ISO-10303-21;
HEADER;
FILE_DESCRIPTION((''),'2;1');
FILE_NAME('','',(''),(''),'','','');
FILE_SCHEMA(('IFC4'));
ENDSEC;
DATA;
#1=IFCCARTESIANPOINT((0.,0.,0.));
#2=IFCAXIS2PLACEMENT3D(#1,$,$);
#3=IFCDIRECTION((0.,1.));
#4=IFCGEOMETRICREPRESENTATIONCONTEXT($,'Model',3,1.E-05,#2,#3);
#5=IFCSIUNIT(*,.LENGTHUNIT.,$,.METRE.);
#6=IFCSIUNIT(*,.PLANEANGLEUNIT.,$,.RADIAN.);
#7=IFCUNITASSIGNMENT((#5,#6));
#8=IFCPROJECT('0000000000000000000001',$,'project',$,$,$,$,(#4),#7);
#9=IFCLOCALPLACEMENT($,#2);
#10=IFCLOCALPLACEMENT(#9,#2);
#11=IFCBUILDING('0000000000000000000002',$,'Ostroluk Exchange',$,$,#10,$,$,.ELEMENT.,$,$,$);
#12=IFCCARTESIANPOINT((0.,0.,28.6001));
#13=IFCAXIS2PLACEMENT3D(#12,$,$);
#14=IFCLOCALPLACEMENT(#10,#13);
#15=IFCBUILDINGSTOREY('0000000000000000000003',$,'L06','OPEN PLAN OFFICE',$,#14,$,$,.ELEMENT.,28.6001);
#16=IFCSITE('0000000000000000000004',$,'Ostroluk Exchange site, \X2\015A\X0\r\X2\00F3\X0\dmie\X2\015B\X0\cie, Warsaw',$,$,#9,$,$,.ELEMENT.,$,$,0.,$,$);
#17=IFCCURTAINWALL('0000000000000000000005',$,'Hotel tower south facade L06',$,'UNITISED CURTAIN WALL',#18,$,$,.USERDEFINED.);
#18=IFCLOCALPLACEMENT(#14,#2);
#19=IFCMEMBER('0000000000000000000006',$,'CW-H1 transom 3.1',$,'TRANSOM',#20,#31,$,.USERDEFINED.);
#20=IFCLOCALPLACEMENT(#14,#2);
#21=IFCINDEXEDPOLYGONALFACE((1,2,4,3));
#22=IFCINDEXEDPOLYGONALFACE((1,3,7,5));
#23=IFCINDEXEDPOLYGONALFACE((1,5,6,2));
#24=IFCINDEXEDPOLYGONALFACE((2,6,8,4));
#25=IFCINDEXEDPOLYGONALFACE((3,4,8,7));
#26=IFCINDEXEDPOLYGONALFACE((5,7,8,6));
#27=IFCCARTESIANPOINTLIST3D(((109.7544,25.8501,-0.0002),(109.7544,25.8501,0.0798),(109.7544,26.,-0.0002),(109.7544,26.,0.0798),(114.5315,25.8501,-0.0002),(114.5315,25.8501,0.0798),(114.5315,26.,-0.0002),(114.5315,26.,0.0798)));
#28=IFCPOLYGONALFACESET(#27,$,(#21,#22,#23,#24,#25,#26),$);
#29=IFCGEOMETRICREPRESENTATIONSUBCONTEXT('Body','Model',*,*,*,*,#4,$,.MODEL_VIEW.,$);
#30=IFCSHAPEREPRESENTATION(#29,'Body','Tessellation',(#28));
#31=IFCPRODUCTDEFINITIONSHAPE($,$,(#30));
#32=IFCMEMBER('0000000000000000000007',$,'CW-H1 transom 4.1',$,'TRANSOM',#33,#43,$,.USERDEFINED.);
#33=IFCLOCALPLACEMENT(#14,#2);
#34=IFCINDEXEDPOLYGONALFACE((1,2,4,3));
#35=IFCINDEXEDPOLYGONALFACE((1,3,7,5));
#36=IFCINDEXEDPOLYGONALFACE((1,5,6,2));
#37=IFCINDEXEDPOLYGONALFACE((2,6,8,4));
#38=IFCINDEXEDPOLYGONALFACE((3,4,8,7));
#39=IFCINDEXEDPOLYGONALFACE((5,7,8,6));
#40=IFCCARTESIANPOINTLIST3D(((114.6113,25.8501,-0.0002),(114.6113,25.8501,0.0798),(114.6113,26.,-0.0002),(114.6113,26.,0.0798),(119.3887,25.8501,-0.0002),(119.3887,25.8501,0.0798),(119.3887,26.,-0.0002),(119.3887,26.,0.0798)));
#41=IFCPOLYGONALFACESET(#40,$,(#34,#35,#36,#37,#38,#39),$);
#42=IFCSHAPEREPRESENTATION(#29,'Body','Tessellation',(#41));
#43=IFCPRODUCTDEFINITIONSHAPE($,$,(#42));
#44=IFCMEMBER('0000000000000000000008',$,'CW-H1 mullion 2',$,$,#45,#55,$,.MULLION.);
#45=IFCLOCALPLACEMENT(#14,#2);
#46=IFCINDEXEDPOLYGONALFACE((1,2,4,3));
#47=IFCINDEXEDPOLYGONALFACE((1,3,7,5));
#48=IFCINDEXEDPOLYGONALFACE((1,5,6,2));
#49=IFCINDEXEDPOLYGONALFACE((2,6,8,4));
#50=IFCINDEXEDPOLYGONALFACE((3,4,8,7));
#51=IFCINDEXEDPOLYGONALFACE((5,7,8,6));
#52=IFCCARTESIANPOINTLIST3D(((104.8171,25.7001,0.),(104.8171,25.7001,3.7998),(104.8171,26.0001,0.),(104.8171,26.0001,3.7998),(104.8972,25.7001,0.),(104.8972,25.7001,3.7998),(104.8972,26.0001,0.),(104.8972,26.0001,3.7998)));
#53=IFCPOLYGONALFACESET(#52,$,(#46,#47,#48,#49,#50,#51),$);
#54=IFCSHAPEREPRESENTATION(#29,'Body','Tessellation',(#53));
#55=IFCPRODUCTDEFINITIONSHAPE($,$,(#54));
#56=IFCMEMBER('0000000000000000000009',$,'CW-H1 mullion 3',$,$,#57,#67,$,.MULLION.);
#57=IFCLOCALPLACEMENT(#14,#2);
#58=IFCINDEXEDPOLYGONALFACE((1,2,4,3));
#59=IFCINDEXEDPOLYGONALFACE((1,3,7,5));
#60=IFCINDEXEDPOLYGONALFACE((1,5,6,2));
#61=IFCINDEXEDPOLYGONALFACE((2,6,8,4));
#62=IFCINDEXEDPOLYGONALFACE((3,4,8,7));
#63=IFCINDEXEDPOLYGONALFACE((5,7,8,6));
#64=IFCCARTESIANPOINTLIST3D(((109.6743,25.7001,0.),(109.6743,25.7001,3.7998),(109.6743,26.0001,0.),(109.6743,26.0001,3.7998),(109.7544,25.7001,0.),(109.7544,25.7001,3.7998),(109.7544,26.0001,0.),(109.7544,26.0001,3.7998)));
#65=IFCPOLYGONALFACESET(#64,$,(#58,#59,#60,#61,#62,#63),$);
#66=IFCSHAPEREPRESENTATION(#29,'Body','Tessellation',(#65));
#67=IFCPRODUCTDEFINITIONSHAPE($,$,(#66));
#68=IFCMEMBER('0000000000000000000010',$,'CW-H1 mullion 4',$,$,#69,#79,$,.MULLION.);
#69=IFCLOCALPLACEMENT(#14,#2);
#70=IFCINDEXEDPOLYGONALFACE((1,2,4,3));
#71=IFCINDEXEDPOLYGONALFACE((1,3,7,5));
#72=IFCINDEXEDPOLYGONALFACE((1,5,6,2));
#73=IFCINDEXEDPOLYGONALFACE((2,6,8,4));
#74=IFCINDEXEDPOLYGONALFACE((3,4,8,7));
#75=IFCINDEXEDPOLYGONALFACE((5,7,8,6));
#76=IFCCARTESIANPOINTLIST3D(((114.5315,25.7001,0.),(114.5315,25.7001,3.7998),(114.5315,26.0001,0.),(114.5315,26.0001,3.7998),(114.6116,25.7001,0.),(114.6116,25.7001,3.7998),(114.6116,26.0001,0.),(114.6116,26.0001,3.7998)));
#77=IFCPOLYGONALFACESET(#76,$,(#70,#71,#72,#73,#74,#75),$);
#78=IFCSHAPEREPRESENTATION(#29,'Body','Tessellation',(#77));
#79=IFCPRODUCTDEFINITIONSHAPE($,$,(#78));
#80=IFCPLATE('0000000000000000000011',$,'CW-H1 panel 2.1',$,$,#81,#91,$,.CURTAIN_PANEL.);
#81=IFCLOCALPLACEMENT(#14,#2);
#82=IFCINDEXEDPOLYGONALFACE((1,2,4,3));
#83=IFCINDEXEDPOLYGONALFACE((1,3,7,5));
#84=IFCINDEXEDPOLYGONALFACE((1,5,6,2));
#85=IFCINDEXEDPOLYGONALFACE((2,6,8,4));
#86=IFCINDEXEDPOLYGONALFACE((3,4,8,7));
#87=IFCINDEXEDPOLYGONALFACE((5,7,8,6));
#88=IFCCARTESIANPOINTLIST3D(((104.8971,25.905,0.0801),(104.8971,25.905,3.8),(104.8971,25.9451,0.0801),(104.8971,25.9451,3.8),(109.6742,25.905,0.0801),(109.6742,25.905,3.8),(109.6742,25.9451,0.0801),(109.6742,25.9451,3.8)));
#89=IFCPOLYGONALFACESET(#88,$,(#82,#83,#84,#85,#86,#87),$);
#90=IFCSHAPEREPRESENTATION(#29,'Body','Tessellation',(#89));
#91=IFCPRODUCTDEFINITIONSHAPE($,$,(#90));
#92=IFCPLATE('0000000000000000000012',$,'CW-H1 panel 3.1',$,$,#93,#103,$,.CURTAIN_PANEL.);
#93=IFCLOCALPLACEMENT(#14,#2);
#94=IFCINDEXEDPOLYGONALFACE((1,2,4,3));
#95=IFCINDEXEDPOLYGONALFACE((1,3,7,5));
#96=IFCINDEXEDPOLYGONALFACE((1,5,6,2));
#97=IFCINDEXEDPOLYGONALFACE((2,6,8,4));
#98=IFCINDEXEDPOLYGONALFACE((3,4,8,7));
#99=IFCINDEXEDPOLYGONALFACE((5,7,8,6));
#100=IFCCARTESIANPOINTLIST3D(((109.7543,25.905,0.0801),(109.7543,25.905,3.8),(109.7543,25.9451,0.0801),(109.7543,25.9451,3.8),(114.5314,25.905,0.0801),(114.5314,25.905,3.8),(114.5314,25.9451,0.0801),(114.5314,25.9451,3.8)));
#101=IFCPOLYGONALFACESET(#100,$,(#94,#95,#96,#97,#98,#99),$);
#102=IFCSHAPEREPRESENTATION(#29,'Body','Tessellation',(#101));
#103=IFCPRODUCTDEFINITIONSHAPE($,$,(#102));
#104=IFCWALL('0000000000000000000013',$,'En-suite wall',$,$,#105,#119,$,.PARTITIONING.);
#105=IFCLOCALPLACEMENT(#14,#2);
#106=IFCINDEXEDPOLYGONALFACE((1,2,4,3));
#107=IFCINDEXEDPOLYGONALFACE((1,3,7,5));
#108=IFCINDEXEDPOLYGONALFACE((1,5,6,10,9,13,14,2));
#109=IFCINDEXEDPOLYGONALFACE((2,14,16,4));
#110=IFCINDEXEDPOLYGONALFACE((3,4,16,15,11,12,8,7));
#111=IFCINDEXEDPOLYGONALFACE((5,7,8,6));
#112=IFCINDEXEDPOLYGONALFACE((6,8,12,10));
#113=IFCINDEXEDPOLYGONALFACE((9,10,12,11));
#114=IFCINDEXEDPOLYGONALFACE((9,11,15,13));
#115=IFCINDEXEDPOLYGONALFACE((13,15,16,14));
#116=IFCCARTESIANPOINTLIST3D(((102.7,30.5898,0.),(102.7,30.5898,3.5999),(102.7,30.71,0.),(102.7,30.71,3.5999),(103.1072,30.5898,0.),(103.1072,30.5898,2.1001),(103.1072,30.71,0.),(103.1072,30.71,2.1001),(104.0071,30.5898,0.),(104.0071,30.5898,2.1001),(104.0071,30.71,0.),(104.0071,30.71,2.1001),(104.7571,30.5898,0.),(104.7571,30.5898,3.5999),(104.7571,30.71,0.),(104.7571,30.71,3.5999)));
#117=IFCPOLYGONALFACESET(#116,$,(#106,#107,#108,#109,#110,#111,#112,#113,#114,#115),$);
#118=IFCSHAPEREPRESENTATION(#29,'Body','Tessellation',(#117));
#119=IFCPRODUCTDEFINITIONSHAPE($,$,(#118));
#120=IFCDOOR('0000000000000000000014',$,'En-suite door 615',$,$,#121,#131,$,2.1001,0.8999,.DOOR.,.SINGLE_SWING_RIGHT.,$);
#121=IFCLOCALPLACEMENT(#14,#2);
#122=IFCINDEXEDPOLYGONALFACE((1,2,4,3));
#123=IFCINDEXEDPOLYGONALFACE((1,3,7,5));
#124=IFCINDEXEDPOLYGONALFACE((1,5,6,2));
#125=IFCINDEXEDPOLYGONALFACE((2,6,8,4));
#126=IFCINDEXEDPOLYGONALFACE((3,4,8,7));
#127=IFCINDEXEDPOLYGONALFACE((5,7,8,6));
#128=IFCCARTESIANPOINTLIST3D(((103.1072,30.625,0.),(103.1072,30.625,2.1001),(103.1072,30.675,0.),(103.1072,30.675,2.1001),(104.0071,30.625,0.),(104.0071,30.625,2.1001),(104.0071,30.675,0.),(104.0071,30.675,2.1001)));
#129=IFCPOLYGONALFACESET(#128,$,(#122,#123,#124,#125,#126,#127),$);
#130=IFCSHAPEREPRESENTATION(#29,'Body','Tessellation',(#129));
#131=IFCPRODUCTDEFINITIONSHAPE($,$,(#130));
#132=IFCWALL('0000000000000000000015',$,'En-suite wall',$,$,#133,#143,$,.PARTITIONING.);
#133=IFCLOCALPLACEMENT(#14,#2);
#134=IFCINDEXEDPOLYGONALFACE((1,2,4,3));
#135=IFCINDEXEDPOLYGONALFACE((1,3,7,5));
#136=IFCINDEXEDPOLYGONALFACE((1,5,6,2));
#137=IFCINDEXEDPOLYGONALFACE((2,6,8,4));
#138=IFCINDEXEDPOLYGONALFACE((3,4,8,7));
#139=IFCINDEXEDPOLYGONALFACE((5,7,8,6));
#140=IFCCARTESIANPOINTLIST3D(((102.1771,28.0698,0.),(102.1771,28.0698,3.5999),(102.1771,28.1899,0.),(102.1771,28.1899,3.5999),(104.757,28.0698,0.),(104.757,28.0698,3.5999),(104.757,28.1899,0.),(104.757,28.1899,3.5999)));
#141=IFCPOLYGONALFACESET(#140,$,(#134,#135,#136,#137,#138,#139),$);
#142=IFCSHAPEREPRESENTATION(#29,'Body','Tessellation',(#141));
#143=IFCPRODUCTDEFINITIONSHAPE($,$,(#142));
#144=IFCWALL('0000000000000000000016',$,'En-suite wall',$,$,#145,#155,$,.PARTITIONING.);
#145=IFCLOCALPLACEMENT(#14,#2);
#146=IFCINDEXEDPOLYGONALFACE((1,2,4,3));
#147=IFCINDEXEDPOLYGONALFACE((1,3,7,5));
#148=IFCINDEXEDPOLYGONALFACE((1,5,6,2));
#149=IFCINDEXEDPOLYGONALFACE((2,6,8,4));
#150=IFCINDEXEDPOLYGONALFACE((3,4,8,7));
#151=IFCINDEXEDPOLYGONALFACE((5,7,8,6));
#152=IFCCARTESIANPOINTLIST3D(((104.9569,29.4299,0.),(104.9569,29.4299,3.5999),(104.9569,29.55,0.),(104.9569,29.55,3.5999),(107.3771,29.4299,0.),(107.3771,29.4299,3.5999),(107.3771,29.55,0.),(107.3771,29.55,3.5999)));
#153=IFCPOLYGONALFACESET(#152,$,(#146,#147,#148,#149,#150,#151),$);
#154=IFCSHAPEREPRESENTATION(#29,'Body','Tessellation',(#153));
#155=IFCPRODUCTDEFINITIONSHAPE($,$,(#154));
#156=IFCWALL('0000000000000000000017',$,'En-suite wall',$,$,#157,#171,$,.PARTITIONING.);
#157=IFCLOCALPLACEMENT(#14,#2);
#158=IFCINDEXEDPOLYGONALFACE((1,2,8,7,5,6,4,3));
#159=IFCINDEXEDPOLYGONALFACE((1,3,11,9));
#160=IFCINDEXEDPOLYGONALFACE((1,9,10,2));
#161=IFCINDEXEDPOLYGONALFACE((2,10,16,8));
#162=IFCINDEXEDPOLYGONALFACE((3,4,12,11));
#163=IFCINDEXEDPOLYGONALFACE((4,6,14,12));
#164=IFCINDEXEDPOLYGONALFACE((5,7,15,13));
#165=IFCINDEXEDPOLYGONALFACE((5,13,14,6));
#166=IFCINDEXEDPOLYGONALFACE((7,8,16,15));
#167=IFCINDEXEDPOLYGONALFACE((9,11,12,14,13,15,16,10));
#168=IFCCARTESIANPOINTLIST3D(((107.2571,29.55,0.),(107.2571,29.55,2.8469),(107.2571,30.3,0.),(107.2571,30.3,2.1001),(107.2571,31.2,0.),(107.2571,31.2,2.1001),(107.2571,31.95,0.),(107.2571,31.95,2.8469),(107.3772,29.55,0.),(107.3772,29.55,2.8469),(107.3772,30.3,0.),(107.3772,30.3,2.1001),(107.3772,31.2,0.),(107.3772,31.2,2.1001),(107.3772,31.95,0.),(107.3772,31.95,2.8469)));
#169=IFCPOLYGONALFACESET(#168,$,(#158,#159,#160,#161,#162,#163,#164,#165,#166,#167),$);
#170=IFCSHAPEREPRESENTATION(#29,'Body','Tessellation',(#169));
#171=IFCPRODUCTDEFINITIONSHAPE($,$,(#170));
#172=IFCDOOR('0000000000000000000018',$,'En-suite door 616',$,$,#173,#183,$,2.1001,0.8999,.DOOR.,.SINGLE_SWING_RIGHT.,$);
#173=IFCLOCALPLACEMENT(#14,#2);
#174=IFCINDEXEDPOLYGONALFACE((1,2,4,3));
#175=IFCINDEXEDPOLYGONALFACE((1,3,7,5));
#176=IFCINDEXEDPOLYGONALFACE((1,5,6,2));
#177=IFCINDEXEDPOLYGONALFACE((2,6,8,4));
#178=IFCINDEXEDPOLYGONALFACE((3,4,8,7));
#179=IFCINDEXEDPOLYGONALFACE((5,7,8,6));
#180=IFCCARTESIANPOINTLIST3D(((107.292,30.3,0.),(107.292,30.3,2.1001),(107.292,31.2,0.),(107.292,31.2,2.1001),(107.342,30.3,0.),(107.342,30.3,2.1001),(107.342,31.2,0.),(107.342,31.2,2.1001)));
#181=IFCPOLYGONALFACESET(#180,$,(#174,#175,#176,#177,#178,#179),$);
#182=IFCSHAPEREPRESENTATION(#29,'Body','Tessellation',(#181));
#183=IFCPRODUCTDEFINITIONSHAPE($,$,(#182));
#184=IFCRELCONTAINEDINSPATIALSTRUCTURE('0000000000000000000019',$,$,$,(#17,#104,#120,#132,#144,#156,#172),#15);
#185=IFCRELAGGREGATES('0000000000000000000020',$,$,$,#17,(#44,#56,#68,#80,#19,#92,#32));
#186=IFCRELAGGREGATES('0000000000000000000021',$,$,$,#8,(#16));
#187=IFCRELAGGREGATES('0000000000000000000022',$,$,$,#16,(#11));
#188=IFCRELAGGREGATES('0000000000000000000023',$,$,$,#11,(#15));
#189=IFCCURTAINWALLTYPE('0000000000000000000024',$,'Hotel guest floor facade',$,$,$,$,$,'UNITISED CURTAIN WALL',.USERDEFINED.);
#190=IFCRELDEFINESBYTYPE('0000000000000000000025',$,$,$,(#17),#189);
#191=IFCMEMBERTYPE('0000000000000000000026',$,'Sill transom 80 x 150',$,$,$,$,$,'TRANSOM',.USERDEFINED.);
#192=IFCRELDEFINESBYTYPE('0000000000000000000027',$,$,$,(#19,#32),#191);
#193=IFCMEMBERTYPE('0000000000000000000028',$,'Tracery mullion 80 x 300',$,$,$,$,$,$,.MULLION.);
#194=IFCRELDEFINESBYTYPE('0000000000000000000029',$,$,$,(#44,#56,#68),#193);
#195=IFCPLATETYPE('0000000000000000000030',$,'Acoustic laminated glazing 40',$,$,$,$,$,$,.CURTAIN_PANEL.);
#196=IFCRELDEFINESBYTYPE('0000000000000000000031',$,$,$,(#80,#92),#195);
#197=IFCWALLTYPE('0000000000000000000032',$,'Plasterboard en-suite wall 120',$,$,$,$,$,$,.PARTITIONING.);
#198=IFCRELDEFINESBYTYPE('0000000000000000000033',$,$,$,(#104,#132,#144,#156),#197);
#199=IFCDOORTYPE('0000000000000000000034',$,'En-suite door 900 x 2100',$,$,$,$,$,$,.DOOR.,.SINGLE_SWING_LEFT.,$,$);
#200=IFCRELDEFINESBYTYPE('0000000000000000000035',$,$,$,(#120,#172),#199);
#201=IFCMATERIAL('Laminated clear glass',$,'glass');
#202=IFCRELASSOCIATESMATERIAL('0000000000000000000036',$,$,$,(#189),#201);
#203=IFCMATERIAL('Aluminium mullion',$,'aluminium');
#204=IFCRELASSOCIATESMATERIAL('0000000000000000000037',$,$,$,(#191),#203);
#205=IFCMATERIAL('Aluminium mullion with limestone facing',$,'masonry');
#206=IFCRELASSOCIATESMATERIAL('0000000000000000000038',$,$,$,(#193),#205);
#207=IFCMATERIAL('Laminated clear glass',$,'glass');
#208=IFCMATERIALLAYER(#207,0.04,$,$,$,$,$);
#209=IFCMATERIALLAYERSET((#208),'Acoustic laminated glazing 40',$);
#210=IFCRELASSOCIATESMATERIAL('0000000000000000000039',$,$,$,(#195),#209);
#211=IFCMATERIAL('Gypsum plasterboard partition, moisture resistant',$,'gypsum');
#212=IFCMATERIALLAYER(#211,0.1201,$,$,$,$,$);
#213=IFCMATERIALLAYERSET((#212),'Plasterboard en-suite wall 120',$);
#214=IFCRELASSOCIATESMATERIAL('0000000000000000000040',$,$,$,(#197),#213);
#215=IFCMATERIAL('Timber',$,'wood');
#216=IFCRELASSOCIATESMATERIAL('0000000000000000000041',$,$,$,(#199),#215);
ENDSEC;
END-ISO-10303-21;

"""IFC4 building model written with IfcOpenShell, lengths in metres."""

from ifc_helpers import new_model, si_unit, direction, frame, frame_2d, origin, origin_2d, place, context, subcontext, project, spatial, rectangle, extrude, material, layer, layer_set, material_profile, profile_set, type_object, element, fill, aggregate, save


model = new_model("IFC4")

# Units and contexts
model_context = context("Model", 3, precision=1e-05, world=origin(), true_north=direction((0.0, 1.0)))
body_context = subcontext(model_context, "Body", "Model", "MODEL_VIEW")
ifc_project = project(units=[si_unit("LENGTHUNIT", "METRE"), si_unit("PLANEANGLEUNIT", "RADIAN")], contexts=[model_context])

# Site, building, storey
site_placement = place(None, origin())
site = spatial("IfcSite", under=ifc_project, at=site_placement, Name="Ostroluk Exchange site, Śródmieście, Warsaw", CompositionType="ELEMENT", RefElevation=0.0)
building_placement = place(site_placement, origin())
building = spatial("IfcBuilding", under=site, at=building_placement, Name="Ostroluk Exchange", CompositionType="ELEMENT")
storey_placement = place(building_placement, frame((0.0, 0.0, 28.6001)))
storey = spatial("IfcBuildingStorey", under=building, at=storey_placement, Name="L06", Description="OPEN PLAN OFFICE", CompositionType="ELEMENT", Elevation=28.6001)

# Curtain wall, members, plates
ifc_material_1 = material(Name="Laminated clear glass", Category="glass")
curtain_wall_type = type_object("IfcCurtainWallType", Name="Hotel guest floor facade", ElementType="UNITISED CURTAIN WALL", PredefinedType="USERDEFINED", material=ifc_material_1)
curtain_wall_placement = place(storey_placement, origin())
curtain_wall = element("IfcCurtainWall", 1, at=curtain_wall_placement, inside=storey, type_object=curtain_wall_type, Name="Hotel tower south facade L06", ObjectType="UNITISED CURTAIN WALL", PredefinedType="USERDEFINED")
ifc_material_2 = material(Name="Aluminium mullion", Category="aluminium")
ifc_material_profile_1 = material_profile(ifc_material_2, rectangle(XDim=0.1499, YDim=0.0801, at=origin_2d()), Name="Sill transom 80 x 150")
ifc_profile_set_1 = profile_set([ifc_material_profile_1], Name="Aluminium mullion")
member_type_1 = type_object("IfcMemberType", Name="Sill transom 80 x 150", ElementType="TRANSOM", PredefinedType="USERDEFINED", material=ifc_profile_set_1)
member_1_placement = place(storey_placement, frame((109.7544, 25.925, 0.0398), z_axis=(1.0, 0.0, 0.0), x_axis=(0.0, 1.0, 0.0)))
member_1 = element("IfcMember", 2, at=member_1_placement, type_object=member_type_1, Name="CW-H1 transom 3.1", ObjectType="TRANSOM", PredefinedType="USERDEFINED", context=body_context, shape_type="SweptSolid", body=[
    extrude(rectangle(XDim=0.1499, YDim=0.0801, at=origin_2d()), origin(), (0.0, 0.0, 1.0), 4.7771),
])
member_2_placement = place(storey_placement, frame((114.6113, 25.925, 0.0398), z_axis=(1.0, 0.0, 0.0), x_axis=(0.0, 1.0, 0.0)))
member_2 = element("IfcMember", 3, at=member_2_placement, type_object=member_type_1, Name="CW-H1 transom 4.1", ObjectType="TRANSOM", PredefinedType="USERDEFINED", context=body_context, shape_type="SweptSolid", body=[
    extrude(rectangle(XDim=0.1499, YDim=0.0801, at=origin_2d()), origin(), (0.0, 0.0, 1.0), 4.7773),
])
ifc_material_3 = material(Name="Aluminium mullion with limestone facing", Category="masonry")
ifc_material_profile_2 = material_profile(ifc_material_3, rectangle(XDim=0.3, YDim=0.0801, at=origin_2d()), Name="Tracery mullion 80 x 300")
ifc_profile_set_2 = profile_set([ifc_material_profile_2], Name="Aluminium mullion with limestone facing")
member_type_2 = type_object("IfcMemberType", Name="Tracery mullion 80 x 300", PredefinedType="MULLION", material=ifc_profile_set_2)
member_3_placement = place(storey_placement, frame((104.8572, 25.8501, 0.0), z_axis=(0.0, 0.0, 1.0), x_axis=(0.0, 1.0, 0.0)))
member_3 = element("IfcMember", 4, at=member_3_placement, type_object=member_type_2, Name="CW-H1 mullion 2", PredefinedType="MULLION", context=body_context, shape_type="SweptSolid", body=[
    extrude(rectangle(XDim=0.3, YDim=0.0801, at=origin_2d()), origin(), (0.0, 0.0, 1.0), 3.7998),
])
member_4_placement = place(storey_placement, frame((109.7144, 25.8501, 0.0), z_axis=(0.0, 0.0, 1.0), x_axis=(0.0, 1.0, 0.0)))
member_4 = element("IfcMember", 5, at=member_4_placement, type_object=member_type_2, Name="CW-H1 mullion 3", PredefinedType="MULLION", context=body_context, shape_type="SweptSolid", body=[
    extrude(rectangle(XDim=0.3, YDim=0.0801, at=origin_2d()), origin(), (0.0, 0.0, 1.0), 3.7998),
])
member_5_placement = place(storey_placement, frame((114.5715, 25.8501, 0.0), z_axis=(0.0, 0.0, 1.0), x_axis=(0.0, 1.0, 0.0)))
member_5 = element("IfcMember", 6, at=member_5_placement, type_object=member_type_2, Name="CW-H1 mullion 4", PredefinedType="MULLION", context=body_context, shape_type="SweptSolid", body=[
    extrude(rectangle(XDim=0.3, YDim=0.0801, at=origin_2d()), origin(), (0.0, 0.0, 1.0), 3.7998),
])
ifc_material_4 = material(Name="Laminated clear glass", Category="glass")
ifc_layer_1 = layer(ifc_material_4, 0.04)
ifc_layer_set_1 = layer_set([ifc_layer_1], Name="Acoustic laminated glazing 40")
plate_type = type_object("IfcPlateType", Name="Acoustic laminated glazing 40", PredefinedType="CURTAIN_PANEL", material=ifc_layer_set_1)
plate_1_placement = place(storey_placement, frame((107.2856, 25.925, 0.0801), z_axis=(0.0, 0.0, 1.0), x_axis=(1.0, 0.0, 0.0)))
plate_1 = element("IfcPlate", 7, at=plate_1_placement, type_object=plate_type, Name="CW-H1 panel 2.1", PredefinedType="CURTAIN_PANEL", context=body_context, shape_type="SweptSolid", body=[
    extrude(rectangle(XDim=4.7771, YDim=0.04, at=origin_2d()), origin(), (0.0, 0.0, 1.0), 3.72),
])
plate_2_placement = place(storey_placement, frame((112.1428, 25.925, 0.0801), z_axis=(0.0, 0.0, 1.0), x_axis=(1.0, 0.0, 0.0)))
plate_2 = element("IfcPlate", 8, at=plate_2_placement, type_object=plate_type, Name="CW-H1 panel 3.1", PredefinedType="CURTAIN_PANEL", context=body_context, shape_type="SweptSolid", body=[
    extrude(rectangle(XDim=4.7771, YDim=0.04, at=origin_2d()), origin(), (0.0, 0.0, 1.0), 3.72),
])
aggregate(curtain_wall, [member_3, member_4, member_5, plate_1, member_1, plate_2, member_2])

# Wall, opening, door
ifc_material_5 = material(Name="Gypsum plasterboard partition, moisture resistant", Category="gypsum")
ifc_layer_2 = layer(ifc_material_5, 0.1201)
ifc_layer_set_2 = layer_set([ifc_layer_2], Name="Plasterboard en-suite wall 120")
wall_type_1 = type_object("IfcWallType", Name="Plasterboard en-suite wall 120", PredefinedType="PARTITIONING", material=ifc_layer_set_2)
wall_1_placement = place(storey_placement, frame((104.7571, 30.6499, 0.0), z_axis=(0.0, 0.0, 1.0), x_axis=(-1.0, 0.0, 0.0)))
wall_1 = element("IfcWall", 9, at=wall_1_placement, inside=storey, type_object=wall_type_1, Name="En-suite wall", PredefinedType="PARTITIONING", context=body_context, shape_type="SweptSolid", body=[
    extrude(rectangle(XDim=2.0571, YDim=0.1201, at=frame_2d((1.0286, 0.0))), origin(), (0.0, 0.0, 1.0), 3.5999),
])
opening_1_placement = place(wall_1_placement, frame((0.75, 0.0, 0.0)))
opening_1 = element("IfcOpeningElement", 10, at=opening_1_placement, cuts=wall_1, PredefinedType="OPENING", context=body_context, shape_type="SweptSolid", body=[
    extrude(rectangle(XDim=0.8999, YDim=2.1001, at=frame_2d((0.45, 1.05))), frame((0.0, 0.0701, 0.0), z_axis=(0.0, -1.0, 0.0), x_axis=(1.0, 0.0, 0.0)), (0.0, 0.0, 1.0), 0.1401),
])
ifc_material_6 = material(Name="Timber", Category="wood")
door_type_1 = type_object("IfcDoorType", Name="En-suite door 900 x 2100", OperationType="SINGLE_SWING_LEFT", PredefinedType="DOOR", material=ifc_material_6)
door_1_placement = place(opening_1_placement, origin())
door_1 = element("IfcDoor", 11, at=door_1_placement, inside=storey, type_object=door_type_1, Name="En-suite door 615", OperationType="SINGLE_SWING_RIGHT", OverallHeight=2.1001, OverallWidth=0.8999, PredefinedType="DOOR", context=body_context, shape_type="SweptSolid", body=[
    extrude(rectangle(XDim=0.8999, YDim=2.1001, at=frame_2d((0.45, 1.05))), frame((0.0, 0.0249, 0.0), z_axis=(0.0, -1.0, 0.0), x_axis=(1.0, 0.0, 0.0)), (0.0, 0.0, 1.0), 0.05),
])
fill(opening_1, door_1)

# Walls
wall_2_placement = place(storey_placement, frame((104.7571, 28.1299, 0.0), z_axis=(0.0, 0.0, 1.0), x_axis=(-1.0, 0.0, 0.0)))
element("IfcWall", 12, at=wall_2_placement, inside=storey, type_object=wall_type_1, Name="En-suite wall", PredefinedType="PARTITIONING", context=body_context, shape_type="SweptSolid", body=[
    extrude(rectangle(XDim=2.5798, YDim=0.1201, at=frame_2d((1.29, 0.0))), origin(), (0.0, 0.0, 1.0), 3.5999),
])
wall_3_placement = place(storey_placement, frame((104.957, 29.49, 0.0), z_axis=(0.0, 0.0, 1.0), x_axis=(1.0, 0.0, 0.0)))
element("IfcWall", 13, at=wall_3_placement, inside=storey, type_object=wall_type_1, Name="En-suite wall", PredefinedType="PARTITIONING", context=body_context, shape_type="SweptSolid", body=[
    extrude(rectangle(XDim=2.4202, YDim=0.1201, at=frame_2d((1.21, 0.0))), origin(), (0.0, 0.0, 1.0), 3.5999),
])

# Wall, opening, door
wall_4_placement = place(storey_placement, frame((107.3171, 31.95, 0.0), z_axis=(0.0, 0.0, 1.0), x_axis=(0.0, -1.0, 0.0)))
wall_4 = element("IfcWall", 14, at=wall_4_placement, inside=storey, type_object=wall_type_1, Name="En-suite wall", PredefinedType="PARTITIONING", context=body_context, shape_type="SweptSolid", body=[
    extrude(rectangle(XDim=2.3999, YDim=0.1201, at=frame_2d((1.2, 0.0))), origin(), (0.0, 0.0, 1.0), 2.8469),
])
opening_2_placement = place(wall_4_placement, frame((0.75, 0.0, 0.0)))
opening_2 = element("IfcOpeningElement", 15, at=opening_2_placement, cuts=wall_4, PredefinedType="OPENING", context=body_context, shape_type="SweptSolid", body=[
    extrude(rectangle(XDim=0.8999, YDim=2.1001, at=frame_2d((0.45, 1.05))), frame((0.0, 0.0701, 0.0), z_axis=(0.0, -1.0, 0.0), x_axis=(1.0, 0.0, 0.0)), (0.0, 0.0, 1.0), 0.1401),
])
door_2_placement = place(opening_2_placement, origin())
door_2 = element("IfcDoor", 16, at=door_2_placement, inside=storey, type_object=door_type_1, Name="En-suite door 616", OperationType="SINGLE_SWING_RIGHT", OverallHeight=2.1001, OverallWidth=0.8999, PredefinedType="DOOR", context=body_context, shape_type="SweptSolid", body=[
    extrude(rectangle(XDim=0.8999, YDim=2.1001, at=frame_2d((0.45, 1.05))), frame((0.0, 0.0249, 0.0), z_axis=(0.0, -1.0, 0.0), x_axis=(1.0, 0.0, 0.0)), (0.0, 0.0, 1.0), 0.05),
])
fill(opening_2, door_2)

save(model, "model.ifc")
